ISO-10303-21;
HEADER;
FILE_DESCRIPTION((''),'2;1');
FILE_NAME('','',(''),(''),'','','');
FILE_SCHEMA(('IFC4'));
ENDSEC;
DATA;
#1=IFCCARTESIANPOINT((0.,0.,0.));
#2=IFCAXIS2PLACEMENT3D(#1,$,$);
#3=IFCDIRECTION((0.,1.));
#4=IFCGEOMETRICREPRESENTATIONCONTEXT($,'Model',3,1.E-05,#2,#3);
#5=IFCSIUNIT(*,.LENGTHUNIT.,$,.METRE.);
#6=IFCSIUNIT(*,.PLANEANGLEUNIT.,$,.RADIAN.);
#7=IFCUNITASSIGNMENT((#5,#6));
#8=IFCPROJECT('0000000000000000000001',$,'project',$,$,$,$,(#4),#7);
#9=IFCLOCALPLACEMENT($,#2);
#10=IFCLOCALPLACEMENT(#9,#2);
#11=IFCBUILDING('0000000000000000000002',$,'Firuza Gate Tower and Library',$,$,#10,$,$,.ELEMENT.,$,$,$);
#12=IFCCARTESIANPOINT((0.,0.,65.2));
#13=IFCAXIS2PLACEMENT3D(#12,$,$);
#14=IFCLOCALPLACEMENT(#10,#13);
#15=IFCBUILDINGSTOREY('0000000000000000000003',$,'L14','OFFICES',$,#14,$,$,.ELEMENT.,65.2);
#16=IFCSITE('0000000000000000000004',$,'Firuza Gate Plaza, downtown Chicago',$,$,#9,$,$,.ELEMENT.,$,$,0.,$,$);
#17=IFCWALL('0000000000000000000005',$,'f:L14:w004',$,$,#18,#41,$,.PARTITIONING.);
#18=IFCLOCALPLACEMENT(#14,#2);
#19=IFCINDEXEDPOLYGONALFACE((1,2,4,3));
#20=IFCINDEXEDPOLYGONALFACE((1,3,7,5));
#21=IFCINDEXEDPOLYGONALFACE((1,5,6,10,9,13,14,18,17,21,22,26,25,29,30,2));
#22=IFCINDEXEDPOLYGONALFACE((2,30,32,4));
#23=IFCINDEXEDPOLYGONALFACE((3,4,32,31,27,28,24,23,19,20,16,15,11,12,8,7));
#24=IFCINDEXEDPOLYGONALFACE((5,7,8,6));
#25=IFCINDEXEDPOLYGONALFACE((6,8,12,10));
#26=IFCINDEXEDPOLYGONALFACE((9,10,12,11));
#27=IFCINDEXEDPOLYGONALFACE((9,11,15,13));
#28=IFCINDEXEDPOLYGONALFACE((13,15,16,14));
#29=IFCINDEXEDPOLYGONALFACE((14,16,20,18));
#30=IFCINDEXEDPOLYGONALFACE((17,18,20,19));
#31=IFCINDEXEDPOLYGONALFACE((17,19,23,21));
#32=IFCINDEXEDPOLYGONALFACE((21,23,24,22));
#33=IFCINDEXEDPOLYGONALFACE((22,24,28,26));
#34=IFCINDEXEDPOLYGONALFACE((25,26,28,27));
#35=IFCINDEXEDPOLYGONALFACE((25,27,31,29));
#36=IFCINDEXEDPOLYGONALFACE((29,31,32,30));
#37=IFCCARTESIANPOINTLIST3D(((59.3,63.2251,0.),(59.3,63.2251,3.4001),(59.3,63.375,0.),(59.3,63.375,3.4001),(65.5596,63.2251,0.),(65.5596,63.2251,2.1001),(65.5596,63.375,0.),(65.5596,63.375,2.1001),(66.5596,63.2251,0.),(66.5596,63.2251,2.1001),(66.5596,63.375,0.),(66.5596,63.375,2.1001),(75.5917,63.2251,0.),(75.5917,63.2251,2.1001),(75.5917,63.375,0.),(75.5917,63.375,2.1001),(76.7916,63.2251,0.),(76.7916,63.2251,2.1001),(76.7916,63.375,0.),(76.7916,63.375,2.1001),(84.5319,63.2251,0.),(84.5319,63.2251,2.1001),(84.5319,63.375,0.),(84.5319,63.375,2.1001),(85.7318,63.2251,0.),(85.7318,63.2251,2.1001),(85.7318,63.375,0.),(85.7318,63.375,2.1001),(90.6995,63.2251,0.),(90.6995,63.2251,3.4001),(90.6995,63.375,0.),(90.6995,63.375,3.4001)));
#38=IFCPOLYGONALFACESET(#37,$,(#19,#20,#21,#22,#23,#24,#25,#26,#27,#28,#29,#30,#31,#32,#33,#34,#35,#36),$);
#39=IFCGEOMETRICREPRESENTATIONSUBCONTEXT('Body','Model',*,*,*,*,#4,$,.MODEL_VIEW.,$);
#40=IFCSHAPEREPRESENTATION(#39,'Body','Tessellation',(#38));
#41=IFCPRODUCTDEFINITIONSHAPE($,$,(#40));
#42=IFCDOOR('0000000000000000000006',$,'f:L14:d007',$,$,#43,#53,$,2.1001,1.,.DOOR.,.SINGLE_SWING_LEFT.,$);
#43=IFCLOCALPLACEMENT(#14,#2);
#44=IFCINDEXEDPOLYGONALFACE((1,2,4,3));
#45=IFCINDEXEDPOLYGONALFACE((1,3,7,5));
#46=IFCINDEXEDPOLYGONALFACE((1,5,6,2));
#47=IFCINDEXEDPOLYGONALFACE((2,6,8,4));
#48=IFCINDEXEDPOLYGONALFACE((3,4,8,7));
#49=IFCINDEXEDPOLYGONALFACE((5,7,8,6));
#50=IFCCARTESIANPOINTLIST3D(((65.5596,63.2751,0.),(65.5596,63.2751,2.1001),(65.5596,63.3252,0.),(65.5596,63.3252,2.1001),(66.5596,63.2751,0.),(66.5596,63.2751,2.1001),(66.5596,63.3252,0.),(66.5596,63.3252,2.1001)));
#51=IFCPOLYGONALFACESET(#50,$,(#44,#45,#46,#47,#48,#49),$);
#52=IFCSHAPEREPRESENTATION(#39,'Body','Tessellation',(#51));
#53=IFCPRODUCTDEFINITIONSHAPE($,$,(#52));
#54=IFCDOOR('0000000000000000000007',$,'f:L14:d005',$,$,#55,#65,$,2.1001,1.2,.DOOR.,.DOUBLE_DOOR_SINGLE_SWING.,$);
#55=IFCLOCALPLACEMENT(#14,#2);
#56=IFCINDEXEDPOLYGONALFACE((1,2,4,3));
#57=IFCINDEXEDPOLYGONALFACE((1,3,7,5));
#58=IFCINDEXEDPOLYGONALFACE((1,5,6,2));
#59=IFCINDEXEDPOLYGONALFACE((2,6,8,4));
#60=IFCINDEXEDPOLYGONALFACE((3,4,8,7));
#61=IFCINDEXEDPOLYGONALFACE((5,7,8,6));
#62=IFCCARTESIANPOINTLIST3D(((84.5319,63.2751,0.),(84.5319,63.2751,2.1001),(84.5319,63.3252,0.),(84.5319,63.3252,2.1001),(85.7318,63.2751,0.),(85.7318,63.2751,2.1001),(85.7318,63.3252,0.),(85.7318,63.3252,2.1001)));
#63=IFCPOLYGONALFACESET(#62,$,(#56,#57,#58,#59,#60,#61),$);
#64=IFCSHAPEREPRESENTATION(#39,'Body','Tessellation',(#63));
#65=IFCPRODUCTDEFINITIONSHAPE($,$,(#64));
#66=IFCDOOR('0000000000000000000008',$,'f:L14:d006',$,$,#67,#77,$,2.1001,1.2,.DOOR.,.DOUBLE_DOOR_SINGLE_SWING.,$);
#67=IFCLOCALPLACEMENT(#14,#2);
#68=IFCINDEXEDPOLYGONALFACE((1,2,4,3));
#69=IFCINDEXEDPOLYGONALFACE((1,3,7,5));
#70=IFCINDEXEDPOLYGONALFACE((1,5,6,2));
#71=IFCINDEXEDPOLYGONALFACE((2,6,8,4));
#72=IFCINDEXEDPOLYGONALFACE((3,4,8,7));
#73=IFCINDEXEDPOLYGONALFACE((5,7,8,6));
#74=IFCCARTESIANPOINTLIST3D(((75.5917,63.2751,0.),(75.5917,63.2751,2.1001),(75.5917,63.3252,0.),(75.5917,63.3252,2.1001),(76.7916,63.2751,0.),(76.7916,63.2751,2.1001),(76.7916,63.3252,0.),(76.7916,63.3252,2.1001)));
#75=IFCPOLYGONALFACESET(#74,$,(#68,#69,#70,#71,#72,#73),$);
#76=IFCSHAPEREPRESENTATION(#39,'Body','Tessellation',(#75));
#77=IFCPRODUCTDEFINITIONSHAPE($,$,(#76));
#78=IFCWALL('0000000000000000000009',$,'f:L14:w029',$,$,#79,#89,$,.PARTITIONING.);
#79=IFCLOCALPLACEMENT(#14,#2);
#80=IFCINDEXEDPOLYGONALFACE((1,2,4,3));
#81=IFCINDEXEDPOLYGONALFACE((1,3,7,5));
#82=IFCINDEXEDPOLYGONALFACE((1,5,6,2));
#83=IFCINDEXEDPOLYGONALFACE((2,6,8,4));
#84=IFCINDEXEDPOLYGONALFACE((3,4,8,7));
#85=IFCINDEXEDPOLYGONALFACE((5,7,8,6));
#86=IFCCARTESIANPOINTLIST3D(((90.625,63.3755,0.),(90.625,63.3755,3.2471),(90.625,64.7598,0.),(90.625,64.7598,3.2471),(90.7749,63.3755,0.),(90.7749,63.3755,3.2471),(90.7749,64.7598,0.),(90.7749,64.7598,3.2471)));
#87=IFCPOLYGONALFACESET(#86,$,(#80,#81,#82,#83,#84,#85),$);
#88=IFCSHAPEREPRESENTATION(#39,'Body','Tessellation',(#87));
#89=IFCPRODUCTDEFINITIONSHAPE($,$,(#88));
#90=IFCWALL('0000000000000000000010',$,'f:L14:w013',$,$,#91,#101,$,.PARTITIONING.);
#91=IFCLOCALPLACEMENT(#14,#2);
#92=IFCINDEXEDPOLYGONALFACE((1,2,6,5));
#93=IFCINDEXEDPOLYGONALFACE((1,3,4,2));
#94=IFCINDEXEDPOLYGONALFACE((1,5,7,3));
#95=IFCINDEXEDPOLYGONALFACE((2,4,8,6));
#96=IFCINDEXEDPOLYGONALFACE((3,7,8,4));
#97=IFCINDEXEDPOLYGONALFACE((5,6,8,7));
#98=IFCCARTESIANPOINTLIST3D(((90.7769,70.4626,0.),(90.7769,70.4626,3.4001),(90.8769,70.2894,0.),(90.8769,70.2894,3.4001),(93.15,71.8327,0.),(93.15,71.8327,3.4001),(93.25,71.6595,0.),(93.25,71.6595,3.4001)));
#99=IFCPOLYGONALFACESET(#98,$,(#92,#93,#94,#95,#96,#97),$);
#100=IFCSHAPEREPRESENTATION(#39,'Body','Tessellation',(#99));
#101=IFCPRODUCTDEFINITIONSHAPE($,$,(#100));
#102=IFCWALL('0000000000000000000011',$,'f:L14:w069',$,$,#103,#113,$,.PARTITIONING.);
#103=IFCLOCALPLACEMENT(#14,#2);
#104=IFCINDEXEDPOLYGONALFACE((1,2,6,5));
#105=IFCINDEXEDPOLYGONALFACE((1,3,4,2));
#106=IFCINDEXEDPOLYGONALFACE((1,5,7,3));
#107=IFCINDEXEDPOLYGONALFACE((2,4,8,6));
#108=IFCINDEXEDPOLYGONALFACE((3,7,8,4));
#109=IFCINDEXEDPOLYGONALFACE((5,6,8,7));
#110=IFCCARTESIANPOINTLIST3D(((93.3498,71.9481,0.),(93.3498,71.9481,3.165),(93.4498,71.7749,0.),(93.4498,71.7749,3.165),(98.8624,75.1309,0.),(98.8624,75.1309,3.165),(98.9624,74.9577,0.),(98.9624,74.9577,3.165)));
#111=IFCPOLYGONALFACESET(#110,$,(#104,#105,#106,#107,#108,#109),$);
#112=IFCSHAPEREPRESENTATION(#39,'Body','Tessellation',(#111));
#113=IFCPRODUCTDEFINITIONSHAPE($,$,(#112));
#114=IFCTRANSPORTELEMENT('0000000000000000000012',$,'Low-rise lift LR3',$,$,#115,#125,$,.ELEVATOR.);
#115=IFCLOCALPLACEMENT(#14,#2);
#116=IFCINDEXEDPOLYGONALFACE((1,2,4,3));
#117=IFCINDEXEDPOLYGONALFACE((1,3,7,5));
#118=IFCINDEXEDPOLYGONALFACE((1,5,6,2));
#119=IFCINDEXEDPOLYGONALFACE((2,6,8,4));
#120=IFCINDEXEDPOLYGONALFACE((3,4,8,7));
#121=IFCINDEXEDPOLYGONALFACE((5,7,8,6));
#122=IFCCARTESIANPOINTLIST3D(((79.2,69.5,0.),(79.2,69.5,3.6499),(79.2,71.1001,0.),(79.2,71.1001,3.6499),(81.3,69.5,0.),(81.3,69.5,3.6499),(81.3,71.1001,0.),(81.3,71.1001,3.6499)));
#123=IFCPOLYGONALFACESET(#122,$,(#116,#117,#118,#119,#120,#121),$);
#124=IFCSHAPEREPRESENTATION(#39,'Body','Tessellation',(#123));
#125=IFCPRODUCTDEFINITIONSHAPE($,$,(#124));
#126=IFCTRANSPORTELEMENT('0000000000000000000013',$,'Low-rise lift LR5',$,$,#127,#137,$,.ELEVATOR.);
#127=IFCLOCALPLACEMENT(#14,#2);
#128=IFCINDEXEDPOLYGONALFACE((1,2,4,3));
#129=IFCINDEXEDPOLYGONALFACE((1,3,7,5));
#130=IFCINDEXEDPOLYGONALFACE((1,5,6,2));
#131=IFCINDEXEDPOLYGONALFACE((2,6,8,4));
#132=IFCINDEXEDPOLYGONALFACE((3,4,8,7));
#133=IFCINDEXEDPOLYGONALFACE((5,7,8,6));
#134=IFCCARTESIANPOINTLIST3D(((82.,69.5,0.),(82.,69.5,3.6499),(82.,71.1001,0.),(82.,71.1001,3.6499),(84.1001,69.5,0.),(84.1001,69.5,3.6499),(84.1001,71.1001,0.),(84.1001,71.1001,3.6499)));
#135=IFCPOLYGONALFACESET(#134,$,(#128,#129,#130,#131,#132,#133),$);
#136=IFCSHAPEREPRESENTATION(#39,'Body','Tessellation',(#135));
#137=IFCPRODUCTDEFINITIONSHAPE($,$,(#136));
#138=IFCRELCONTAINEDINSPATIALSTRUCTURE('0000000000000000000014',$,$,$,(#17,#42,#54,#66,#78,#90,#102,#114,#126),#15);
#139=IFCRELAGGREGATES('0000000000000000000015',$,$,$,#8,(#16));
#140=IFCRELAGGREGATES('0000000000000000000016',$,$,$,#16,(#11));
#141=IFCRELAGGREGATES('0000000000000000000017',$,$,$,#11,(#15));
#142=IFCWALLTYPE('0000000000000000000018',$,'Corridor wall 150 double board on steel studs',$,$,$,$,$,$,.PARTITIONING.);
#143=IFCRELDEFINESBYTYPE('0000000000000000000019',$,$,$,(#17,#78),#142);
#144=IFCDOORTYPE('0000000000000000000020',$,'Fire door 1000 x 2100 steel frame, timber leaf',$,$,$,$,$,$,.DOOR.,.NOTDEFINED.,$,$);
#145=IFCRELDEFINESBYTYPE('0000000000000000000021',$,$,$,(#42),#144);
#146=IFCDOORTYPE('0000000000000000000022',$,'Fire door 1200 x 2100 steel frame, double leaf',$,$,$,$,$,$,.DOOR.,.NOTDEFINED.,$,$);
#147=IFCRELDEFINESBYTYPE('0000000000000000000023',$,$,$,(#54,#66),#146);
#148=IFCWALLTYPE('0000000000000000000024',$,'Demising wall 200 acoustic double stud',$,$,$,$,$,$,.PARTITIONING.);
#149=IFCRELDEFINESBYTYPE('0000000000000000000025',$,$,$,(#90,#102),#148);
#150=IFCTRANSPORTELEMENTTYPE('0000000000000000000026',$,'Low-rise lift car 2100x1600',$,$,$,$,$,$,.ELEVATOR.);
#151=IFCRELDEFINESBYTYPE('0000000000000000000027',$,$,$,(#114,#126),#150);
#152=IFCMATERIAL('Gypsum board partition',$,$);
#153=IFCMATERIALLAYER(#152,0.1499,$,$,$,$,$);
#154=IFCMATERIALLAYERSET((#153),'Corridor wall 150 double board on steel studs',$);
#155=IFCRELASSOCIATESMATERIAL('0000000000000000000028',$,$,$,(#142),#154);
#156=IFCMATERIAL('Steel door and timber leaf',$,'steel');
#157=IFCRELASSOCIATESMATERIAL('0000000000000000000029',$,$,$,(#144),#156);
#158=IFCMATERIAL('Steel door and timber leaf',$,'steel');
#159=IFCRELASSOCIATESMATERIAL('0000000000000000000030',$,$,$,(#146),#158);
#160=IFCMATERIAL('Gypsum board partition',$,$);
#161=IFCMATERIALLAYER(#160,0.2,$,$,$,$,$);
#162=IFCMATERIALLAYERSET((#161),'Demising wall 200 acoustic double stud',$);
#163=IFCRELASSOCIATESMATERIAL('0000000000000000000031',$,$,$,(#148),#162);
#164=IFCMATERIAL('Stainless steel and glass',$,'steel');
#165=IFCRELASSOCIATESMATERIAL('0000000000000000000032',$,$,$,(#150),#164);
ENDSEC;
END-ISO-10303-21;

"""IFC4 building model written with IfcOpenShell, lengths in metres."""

from ifc_helpers import new_model, si_unit, direction, frame, frame_2d, origin, origin_2d, place, context, subcontext, project, spatial, rectangle, extrude, material, layer, layer_set, type_object, element, fill, save


model = new_model("IFC4")

# Units and contexts
model_context = context("Model", 3, precision=1e-05, world=origin(), true_north=direction((0.0, 1.0)))
body_context = subcontext(model_context, "Body", "Model", "MODEL_VIEW")
ifc_project = project(units=[si_unit("LENGTHUNIT", "METRE"), si_unit("PLANEANGLEUNIT", "RADIAN")], contexts=[model_context])

# Site, building, storey
site_placement = place(None, origin())
site = spatial("IfcSite", under=ifc_project, at=site_placement, Name="Firuza Gate Plaza, downtown Chicago", CompositionType="ELEMENT", RefElevation=0.0)
building_placement = place(site_placement, origin())
building = spatial("IfcBuilding", under=site, at=building_placement, Name="Firuza Gate Tower and Library", CompositionType="ELEMENT")
storey_placement = place(building_placement, frame((0.0, 0.0, 65.2)))
storey = spatial("IfcBuildingStorey", under=building, at=storey_placement, Name="L14", Description="OFFICES", CompositionType="ELEMENT", Elevation=65.2)

# Wall, openings, doors
ifc_material_1 = material(Name="Gypsum board partition")
ifc_layer_1 = layer(ifc_material_1, 0.1499)
ifc_layer_set_1 = layer_set([ifc_layer_1], Name="Corridor wall 150 double board on steel studs")
wall_type_1 = type_object("IfcWallType", Name="Corridor wall 150 double board on steel studs", PredefinedType="PARTITIONING", material=ifc_layer_set_1)
wall_1_placement = place(storey_placement, frame((90.6995, 63.3, 0.0), z_axis=(0.0, 0.0, 1.0), x_axis=(-1.0, 0.0, 0.0)))
wall_1 = element("IfcWall", 1, at=wall_1_placement, inside=storey, type_object=wall_type_1, Name="f:L14:w004", PredefinedType="PARTITIONING", context=body_context, shape_type="SweptSolid", body=[
    extrude(rectangle(XDim=31.3994, YDim=0.1499, at=frame_2d((15.6997, 0.0))), origin(), (0.0, 0.0, 1.0), 3.4001),
])
opening_1_placement = place(wall_1_placement, frame((4.9675, 0.0, 0.0)))
opening_1 = element("IfcOpeningElement", 2, at=opening_1_placement, cuts=wall_1, PredefinedType="OPENING", context=body_context, shape_type="SweptSolid", body=[
    extrude(rectangle(XDim=1.2, YDim=2.1001, at=frame_2d((0.6001, 1.05))), frame((0.0, 0.085, 0.0), z_axis=(0.0, -1.0, 0.0), x_axis=(1.0, 0.0, 0.0)), (0.0, 0.0, 1.0), 0.1699),
])
opening_2_placement = place(wall_1_placement, frame((13.9077, 0.0, 0.0)))
opening_2 = element("IfcOpeningElement", 3, at=opening_2_placement, cuts=wall_1, PredefinedType="OPENING", context=body_context, shape_type="SweptSolid", body=[
    extrude(rectangle(XDim=1.2, YDim=2.1001, at=frame_2d((0.6001, 1.05))), frame((0.0, 0.085, 0.0), z_axis=(0.0, -1.0, 0.0), x_axis=(1.0, 0.0, 0.0)), (0.0, 0.0, 1.0), 0.1699),
])
opening_3_placement = place(wall_1_placement, frame((24.1399, 0.0, 0.0)))
opening_3 = element("IfcOpeningElement", 4, at=opening_3_placement, cuts=wall_1, PredefinedType="OPENING", context=body_context, shape_type="SweptSolid", body=[
    extrude(rectangle(XDim=1.0, YDim=2.1001, at=frame_2d((0.5, 1.05))), frame((0.0, 0.085, 0.0), z_axis=(0.0, -1.0, 0.0), x_axis=(1.0, 0.0, 0.0)), (0.0, 0.0, 1.0), 0.1699),
])
ifc_material_2 = material(Name="Steel door and timber leaf", Category="steel")
door_type_1 = type_object("IfcDoorType", Name="Fire door 1000 x 2100 steel frame, timber leaf", OperationType="NOTDEFINED", PredefinedType="DOOR", material=ifc_material_2)
door_1_placement = place(opening_3_placement, origin())
door_1 = element("IfcDoor", 5, at=door_1_placement, inside=storey, type_object=door_type_1, Name="f:L14:d007", OperationType="SINGLE_SWING_LEFT", OverallHeight=2.1001, OverallWidth=1.0, PredefinedType="DOOR", context=body_context, shape_type="SweptSolid", body=[
    extrude(rectangle(XDim=1.0, YDim=2.1001, at=frame_2d((0.5, 1.05))), frame((0.0, 0.0249, 0.0), z_axis=(0.0, -1.0, 0.0), x_axis=(1.0, 0.0, 0.0)), (0.0, 0.0, 1.0), 0.05),
])
fill(opening_3, door_1)
ifc_material_3 = material(Name="Steel door and timber leaf", Category="steel")
door_type_2 = type_object("IfcDoorType", Name="Fire door 1200 x 2100 steel frame, double leaf", OperationType="NOTDEFINED", PredefinedType="DOOR", material=ifc_material_3)
door_2_placement = place(opening_1_placement, origin())
door_2 = element("IfcDoor", 6, at=door_2_placement, inside=storey, type_object=door_type_2, Name="f:L14:d005", OperationType="DOUBLE_DOOR_SINGLE_SWING", OverallHeight=2.1001, OverallWidth=1.2, PredefinedType="DOOR", context=body_context, shape_type="SweptSolid", body=[
    extrude(rectangle(XDim=1.2, YDim=2.1001, at=frame_2d((0.6001, 1.05))), frame((0.0, 0.0249, 0.0), z_axis=(0.0, -1.0, 0.0), x_axis=(1.0, 0.0, 0.0)), (0.0, 0.0, 1.0), 0.05),
])
fill(opening_1, door_2)
door_3_placement = place(opening_2_placement, origin())
door_3 = element("IfcDoor", 7, at=door_3_placement, inside=storey, type_object=door_type_2, Name="f:L14:d006", OperationType="DOUBLE_DOOR_SINGLE_SWING", OverallHeight=2.1001, OverallWidth=1.2, PredefinedType="DOOR", context=body_context, shape_type="SweptSolid", body=[
    extrude(rectangle(XDim=1.2, YDim=2.1001, at=frame_2d((0.6001, 1.05))), frame((0.0, 0.0249, 0.0), z_axis=(0.0, -1.0, 0.0), x_axis=(1.0, 0.0, 0.0)), (0.0, 0.0, 1.0), 0.05),
])
fill(opening_2, door_3)

# Walls
wall_2_placement = place(storey_placement, frame((90.7, 63.3755, 0.0), z_axis=(0.0, 0.0, 1.0), x_axis=(0.0, 1.0, 0.0)))
element("IfcWall", 8, at=wall_2_placement, inside=storey, type_object=wall_type_1, Name="f:L14:w029", PredefinedType="PARTITIONING", context=body_context, shape_type="SweptSolid", body=[
    extrude(rectangle(XDim=1.3843, YDim=0.1499, at=frame_2d((0.6921, 0.0))), origin(), (0.0, 0.0, 1.0), 3.2471),
])
ifc_material_4 = material(Name="Gypsum board partition")
ifc_layer_2 = layer(ifc_material_4, 0.2)
ifc_layer_set_2 = layer_set([ifc_layer_2], Name="Demising wall 200 acoustic double stud")
wall_type_2 = type_object("IfcWallType", Name="Demising wall 200 acoustic double stud", PredefinedType="PARTITIONING", material=ifc_layer_set_2)
wall_3_placement = place(storey_placement, frame((90.8269, 70.376, 0.0), z_axis=(0.0, 0.0, 1.0), x_axis=(0.866019, 0.50001, 0.0)))
element("IfcWall", 9, at=wall_3_placement, inside=storey, type_object=wall_type_2, Name="f:L14:w013", PredefinedType="PARTITIONING", context=body_context, shape_type="SweptSolid", body=[
    extrude(rectangle(XDim=2.7402, YDim=0.2, at=frame_2d((1.3701, 0.0))), origin(), (0.0, 0.0, 1.0), 3.4001),
])
wall_4_placement = place(storey_placement, frame((93.3999, 71.8616, 0.0), z_axis=(0.0, 0.0, 1.0), x_axis=(0.866018, 0.500012, 0.0)))
element("IfcWall", 10, at=wall_4_placement, inside=storey, type_object=wall_type_2, Name="f:L14:w069", PredefinedType="PARTITIONING", context=body_context, shape_type="SweptSolid", body=[
    extrude(rectangle(XDim=6.3655, YDim=0.2, at=frame_2d((3.1826, 0.0))), origin(), (0.0, 0.0, 1.0), 3.165),
])

# Transport elements
ifc_material_5 = material(Name="Stainless steel and glass", Category="steel")
transport_element_type = type_object("IfcTransportElementType", Name="Low-rise lift car 2100x1600", PredefinedType="ELEVATOR", material=ifc_material_5)
for number, where, z_axis, x_axis, name in (
    (11, (80.25, 70.3, 0.0), (0.0, 0.0, 1.0), (1.0, 0.0, 0.0), "Low-rise lift LR3"),
    (12, (83.05, 70.3, 0.0), (0.0, 0.0, 1.0), (1.0, 0.0, 0.0), "Low-rise lift LR5"),
):
    element("IfcTransportElement", number, at=place(storey_placement, frame(where, z_axis=z_axis, x_axis=x_axis)), inside=storey, type_object=transport_element_type, Name=name, PredefinedType="ELEVATOR", context=body_context, shape_type="SweptSolid", body=[
        extrude(rectangle(XDim=2.1001, YDim=1.6001, at=origin_2d()), origin(), (0.0, 0.0, 1.0), 3.6499),
    ])

save(model, "model.ifc")
